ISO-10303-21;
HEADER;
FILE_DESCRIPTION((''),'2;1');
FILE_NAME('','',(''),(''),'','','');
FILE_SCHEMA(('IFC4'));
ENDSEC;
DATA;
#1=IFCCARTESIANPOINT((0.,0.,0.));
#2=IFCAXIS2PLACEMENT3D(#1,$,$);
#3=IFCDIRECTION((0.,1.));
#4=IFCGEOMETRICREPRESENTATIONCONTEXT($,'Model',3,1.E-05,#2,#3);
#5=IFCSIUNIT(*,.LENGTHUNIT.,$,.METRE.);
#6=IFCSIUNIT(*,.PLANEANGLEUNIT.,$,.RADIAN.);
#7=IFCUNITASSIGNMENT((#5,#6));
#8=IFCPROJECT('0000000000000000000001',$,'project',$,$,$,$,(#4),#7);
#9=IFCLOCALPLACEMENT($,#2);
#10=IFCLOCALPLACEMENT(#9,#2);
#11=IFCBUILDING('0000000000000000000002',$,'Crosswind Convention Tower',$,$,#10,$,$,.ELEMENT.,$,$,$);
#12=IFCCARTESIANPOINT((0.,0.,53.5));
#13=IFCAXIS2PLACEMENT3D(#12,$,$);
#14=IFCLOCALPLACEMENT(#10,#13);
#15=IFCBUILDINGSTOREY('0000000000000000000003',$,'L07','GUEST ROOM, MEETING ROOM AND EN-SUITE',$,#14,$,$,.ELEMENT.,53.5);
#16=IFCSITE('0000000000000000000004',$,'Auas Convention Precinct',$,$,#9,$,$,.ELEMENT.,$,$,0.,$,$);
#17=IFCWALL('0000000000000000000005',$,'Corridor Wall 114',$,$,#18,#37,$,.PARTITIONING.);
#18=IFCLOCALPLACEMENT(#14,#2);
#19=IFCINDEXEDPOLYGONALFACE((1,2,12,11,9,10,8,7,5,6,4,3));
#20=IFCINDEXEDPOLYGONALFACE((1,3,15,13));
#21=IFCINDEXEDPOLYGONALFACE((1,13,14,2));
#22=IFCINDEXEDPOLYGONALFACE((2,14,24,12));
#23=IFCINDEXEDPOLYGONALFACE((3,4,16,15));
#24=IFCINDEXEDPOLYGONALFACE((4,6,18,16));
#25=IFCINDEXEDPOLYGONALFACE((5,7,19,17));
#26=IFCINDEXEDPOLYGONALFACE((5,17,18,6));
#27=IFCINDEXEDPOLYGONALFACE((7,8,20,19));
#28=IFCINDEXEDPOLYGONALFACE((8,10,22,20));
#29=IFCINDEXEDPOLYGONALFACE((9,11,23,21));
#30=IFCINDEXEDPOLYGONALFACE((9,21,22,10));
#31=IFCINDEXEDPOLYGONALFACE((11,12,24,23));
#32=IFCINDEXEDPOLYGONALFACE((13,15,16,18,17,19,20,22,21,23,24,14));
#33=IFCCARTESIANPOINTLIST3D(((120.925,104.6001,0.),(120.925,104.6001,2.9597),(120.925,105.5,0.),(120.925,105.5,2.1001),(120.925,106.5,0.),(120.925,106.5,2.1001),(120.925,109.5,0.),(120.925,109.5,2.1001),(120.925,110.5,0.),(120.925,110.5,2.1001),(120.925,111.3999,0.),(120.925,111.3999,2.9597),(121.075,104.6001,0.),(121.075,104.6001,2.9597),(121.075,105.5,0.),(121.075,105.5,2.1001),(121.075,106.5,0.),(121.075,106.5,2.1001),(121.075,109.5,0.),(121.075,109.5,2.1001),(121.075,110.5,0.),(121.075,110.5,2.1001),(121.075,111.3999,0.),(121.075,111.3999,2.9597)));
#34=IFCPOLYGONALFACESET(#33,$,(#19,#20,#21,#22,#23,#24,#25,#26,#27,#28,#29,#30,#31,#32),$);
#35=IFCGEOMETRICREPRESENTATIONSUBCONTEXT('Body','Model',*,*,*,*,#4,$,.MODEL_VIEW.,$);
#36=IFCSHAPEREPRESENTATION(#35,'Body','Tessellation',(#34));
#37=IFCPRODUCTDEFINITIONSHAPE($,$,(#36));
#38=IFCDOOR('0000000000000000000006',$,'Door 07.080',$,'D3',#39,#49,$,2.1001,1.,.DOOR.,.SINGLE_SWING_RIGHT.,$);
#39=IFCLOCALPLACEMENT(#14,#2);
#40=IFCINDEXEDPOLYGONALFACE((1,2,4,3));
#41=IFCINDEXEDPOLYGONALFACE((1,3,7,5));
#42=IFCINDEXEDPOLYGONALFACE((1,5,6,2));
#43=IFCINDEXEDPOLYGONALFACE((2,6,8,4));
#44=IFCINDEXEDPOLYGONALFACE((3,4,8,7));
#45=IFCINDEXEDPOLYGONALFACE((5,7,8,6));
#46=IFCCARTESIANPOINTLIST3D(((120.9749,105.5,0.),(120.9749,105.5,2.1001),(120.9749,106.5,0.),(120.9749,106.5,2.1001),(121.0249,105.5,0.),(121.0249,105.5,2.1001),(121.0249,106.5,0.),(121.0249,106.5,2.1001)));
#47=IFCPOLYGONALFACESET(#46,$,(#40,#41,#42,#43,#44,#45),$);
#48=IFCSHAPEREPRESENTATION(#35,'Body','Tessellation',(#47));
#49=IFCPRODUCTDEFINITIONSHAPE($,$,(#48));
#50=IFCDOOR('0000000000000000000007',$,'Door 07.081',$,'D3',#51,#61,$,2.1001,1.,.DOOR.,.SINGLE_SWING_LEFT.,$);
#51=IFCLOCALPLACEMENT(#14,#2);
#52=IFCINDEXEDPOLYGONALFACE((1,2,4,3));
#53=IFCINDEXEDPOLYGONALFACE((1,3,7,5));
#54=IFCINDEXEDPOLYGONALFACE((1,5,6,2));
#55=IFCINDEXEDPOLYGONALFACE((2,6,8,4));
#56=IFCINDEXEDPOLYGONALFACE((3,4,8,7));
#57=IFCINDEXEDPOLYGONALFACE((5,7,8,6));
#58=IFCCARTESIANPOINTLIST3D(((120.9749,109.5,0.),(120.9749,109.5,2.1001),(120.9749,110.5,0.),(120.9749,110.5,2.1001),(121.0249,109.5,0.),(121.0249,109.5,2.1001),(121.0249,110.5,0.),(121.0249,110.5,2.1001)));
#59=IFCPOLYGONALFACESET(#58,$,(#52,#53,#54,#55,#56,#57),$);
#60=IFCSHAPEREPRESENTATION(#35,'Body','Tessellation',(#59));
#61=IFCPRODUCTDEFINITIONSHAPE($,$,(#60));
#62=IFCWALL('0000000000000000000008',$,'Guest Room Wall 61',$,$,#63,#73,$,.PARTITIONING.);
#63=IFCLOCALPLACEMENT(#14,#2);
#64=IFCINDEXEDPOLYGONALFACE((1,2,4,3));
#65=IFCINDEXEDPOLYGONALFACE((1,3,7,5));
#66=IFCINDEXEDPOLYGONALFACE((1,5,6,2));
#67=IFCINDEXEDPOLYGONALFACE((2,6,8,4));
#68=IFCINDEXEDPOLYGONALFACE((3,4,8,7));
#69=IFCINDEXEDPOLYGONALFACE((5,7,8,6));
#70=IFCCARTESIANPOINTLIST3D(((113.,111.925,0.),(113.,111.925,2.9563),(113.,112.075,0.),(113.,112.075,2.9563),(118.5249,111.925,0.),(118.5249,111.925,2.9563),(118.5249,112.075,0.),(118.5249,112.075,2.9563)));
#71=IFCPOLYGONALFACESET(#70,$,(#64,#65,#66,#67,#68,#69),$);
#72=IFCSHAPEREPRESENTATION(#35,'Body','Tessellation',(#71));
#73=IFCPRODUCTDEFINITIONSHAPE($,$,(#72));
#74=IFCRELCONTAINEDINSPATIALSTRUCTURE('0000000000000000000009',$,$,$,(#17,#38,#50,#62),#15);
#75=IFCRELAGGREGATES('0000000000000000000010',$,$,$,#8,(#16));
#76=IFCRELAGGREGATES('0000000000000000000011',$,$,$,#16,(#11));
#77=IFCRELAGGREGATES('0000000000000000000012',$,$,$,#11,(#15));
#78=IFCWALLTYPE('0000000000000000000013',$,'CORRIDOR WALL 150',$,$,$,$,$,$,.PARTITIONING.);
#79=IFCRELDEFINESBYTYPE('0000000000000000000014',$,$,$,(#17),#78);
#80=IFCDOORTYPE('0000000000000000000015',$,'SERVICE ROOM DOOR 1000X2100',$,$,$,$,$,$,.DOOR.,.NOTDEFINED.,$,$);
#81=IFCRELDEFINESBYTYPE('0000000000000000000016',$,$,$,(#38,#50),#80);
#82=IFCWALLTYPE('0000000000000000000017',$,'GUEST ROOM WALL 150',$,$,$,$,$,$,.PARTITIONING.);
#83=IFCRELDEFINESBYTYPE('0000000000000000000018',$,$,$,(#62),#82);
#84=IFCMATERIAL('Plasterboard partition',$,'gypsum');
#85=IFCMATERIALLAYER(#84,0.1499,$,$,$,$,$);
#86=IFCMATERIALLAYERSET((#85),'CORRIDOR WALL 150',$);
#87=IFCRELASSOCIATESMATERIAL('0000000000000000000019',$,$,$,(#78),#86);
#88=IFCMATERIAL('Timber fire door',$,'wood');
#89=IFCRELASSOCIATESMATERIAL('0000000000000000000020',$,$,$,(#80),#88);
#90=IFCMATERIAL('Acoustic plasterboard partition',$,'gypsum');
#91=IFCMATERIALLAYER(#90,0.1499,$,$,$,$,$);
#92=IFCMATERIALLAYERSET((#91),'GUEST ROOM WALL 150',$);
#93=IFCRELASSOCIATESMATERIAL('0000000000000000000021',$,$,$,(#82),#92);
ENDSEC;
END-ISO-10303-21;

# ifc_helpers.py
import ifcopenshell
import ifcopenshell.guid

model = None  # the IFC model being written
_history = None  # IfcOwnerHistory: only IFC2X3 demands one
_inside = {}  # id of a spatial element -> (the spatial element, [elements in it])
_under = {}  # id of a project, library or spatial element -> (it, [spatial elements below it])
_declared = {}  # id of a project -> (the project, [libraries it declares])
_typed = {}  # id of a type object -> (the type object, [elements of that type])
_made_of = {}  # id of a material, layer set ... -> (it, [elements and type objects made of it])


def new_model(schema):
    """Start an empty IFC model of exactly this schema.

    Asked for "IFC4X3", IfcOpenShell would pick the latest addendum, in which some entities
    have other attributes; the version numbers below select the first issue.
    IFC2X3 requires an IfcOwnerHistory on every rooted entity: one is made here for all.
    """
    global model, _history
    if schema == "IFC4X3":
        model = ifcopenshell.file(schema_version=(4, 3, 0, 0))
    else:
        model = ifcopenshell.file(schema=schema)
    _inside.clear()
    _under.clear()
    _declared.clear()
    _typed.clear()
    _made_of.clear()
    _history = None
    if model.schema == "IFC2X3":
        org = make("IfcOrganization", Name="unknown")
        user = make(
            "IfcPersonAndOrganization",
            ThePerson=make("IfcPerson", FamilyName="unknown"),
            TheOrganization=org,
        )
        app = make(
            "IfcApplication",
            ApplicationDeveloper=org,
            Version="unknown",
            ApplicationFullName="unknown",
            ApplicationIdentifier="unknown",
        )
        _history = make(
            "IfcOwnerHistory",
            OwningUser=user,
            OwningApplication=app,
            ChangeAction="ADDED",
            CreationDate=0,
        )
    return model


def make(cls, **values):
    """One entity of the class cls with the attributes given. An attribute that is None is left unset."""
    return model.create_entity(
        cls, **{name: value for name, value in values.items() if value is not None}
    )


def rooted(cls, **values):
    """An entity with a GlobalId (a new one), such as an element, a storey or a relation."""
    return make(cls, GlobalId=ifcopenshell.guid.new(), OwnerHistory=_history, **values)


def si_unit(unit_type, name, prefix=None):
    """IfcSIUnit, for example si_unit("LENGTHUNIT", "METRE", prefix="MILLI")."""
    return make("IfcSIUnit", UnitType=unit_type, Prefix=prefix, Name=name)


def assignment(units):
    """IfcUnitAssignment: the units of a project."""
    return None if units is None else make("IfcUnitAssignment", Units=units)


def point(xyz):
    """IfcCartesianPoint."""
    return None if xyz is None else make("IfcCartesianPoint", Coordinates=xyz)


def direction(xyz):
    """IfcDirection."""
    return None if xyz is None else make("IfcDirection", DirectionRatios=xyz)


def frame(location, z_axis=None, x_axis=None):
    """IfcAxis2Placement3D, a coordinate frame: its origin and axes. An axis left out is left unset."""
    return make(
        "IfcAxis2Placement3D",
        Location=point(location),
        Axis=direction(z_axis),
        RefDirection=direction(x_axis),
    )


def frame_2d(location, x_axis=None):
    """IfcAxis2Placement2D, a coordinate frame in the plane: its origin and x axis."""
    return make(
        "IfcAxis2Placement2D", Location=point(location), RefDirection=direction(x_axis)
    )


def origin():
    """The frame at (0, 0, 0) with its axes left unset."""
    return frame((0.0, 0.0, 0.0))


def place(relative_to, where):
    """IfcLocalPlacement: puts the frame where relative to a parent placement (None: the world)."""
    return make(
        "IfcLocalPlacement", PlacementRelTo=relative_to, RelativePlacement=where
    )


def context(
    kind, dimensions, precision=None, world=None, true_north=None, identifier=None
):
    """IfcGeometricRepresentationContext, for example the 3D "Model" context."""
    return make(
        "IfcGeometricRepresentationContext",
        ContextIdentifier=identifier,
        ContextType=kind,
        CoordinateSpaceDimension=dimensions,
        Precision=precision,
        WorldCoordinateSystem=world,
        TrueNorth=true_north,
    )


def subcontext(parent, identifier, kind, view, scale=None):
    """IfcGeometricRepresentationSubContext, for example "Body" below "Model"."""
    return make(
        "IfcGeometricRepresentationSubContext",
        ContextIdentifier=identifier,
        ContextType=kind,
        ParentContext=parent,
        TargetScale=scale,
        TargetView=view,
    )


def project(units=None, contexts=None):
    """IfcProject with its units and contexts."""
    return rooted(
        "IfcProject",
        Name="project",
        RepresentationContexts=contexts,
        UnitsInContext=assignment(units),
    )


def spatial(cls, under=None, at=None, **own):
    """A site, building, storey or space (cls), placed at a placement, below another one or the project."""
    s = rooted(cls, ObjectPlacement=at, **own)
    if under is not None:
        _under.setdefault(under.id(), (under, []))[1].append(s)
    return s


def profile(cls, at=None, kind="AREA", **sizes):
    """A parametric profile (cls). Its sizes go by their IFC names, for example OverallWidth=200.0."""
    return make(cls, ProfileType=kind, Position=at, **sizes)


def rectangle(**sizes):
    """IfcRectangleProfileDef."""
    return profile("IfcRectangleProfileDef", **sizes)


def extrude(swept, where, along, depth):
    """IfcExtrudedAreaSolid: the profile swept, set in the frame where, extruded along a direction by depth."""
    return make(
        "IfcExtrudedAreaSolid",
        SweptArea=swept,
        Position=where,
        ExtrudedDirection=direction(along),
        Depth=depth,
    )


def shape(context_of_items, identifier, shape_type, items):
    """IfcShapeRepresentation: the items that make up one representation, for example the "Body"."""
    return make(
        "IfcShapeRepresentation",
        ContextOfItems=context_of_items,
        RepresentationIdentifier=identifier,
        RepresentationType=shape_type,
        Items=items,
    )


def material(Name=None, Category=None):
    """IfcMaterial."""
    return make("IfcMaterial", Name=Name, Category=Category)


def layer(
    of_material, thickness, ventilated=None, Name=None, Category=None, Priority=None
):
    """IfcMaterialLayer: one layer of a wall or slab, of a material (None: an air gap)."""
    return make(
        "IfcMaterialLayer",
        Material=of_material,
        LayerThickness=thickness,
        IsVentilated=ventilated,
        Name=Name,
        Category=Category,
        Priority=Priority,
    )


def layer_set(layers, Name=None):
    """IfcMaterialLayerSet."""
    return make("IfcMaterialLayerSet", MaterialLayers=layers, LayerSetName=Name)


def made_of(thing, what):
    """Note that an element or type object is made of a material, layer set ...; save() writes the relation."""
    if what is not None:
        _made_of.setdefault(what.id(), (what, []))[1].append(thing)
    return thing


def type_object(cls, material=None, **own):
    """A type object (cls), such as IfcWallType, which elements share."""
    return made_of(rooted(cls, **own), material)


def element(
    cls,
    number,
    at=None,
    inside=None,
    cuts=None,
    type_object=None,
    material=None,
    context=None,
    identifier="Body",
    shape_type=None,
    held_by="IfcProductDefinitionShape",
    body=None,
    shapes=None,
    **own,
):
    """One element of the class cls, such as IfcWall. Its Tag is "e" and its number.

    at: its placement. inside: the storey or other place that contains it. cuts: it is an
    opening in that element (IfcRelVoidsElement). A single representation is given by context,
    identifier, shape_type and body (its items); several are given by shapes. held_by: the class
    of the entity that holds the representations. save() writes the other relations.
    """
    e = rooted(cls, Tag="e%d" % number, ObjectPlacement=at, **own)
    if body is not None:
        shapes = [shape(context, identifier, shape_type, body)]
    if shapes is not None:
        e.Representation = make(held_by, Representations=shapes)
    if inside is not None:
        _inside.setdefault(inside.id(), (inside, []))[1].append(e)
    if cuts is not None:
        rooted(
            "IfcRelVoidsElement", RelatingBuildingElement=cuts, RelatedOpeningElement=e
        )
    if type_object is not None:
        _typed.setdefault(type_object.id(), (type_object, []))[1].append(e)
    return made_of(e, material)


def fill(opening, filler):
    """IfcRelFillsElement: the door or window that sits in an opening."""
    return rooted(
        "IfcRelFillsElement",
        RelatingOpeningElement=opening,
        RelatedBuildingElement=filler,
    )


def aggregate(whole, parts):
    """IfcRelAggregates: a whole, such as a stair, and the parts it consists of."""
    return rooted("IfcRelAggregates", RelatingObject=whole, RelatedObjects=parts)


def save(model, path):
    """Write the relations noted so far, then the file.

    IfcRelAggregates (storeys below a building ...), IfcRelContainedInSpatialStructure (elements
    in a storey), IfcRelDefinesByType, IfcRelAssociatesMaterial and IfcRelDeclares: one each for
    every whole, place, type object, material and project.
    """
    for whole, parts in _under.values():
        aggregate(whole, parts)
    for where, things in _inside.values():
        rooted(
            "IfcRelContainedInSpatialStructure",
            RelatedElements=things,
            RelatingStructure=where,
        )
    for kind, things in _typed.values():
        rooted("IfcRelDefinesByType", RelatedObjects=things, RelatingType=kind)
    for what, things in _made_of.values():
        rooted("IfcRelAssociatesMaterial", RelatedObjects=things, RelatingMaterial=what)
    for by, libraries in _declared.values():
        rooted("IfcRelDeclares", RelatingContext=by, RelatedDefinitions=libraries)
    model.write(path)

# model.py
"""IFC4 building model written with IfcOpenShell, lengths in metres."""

from ifc_helpers import new_model, si_unit, direction, frame, frame_2d, origin, place, context, subcontext, project, spatial, rectangle, extrude, material, layer, layer_set, type_object, element, fill, save


model = new_model("IFC4")

# Units and contexts
model_context = context("Model", 3, precision=1e-05, world=origin(), true_north=direction((0.0, 1.0)))
body_context = subcontext(model_context, "Body", "Model", "MODEL_VIEW")
ifc_project = project(units=[si_unit("LENGTHUNIT", "METRE"), si_unit("PLANEANGLEUNIT", "RADIAN")], contexts=[model_context])

# Site, building, storey
site_placement = place(None, origin())
site = spatial("IfcSite", under=ifc_project, at=site_placement, Name="Auas Convention Precinct", CompositionType="ELEMENT", RefElevation=0.0)
building_placement = place(site_placement, origin())
building = spatial("IfcBuilding", under=site, at=building_placement, Name="Crosswind Convention Tower", CompositionType="ELEMENT")
storey_placement = place(building_placement, frame((0.0, 0.0, 53.5)))
storey = spatial("IfcBuildingStorey", under=building, at=storey_placement, Name="L07", Description="GUEST ROOM, MEETING ROOM AND EN-SUITE", CompositionType="ELEMENT", Elevation=53.5)

# Shared definitions
ifc_material_1 = material(Name="Plasterboard partition", Category="gypsum")
ifc_layer_1 = layer(ifc_material_1, 0.1499)
ifc_layer_set_1 = layer_set([ifc_layer_1], Name="CORRIDOR WALL 150")
wall_type_1 = type_object("IfcWallType", Name="CORRIDOR WALL 150", PredefinedType="PARTITIONING", material=ifc_layer_set_1)

# Shared definitions
ifc_material_2 = material(Name="Timber fire door", Category="wood")
door_type_1 = type_object("IfcDoorType", Name="SERVICE ROOM DOOR 1000X2100", OperationType="NOTDEFINED", PredefinedType="DOOR", material=ifc_material_2)

# Wall, openings, doors
wall_1_placement = place(storey_placement, frame((121.0, 104.6001, 0.0), z_axis=(0.0, 0.0, 1.0), x_axis=(0.0, 1.0, 0.0)))
wall_1 = element("IfcWall", 1, at=wall_1_placement, inside=storey, type_object=wall_type_1, Name="Corridor Wall 114", PredefinedType="PARTITIONING", context=body_context, shape_type="SweptSolid", body=[
    extrude(rectangle(XDim=6.7998, YDim=0.1499, at=frame_2d((3.3999, 0.0))), origin(), (0.0, 0.0, 1.0), 2.9597),
])
opening_1_placement = place(wall_1_placement, frame((0.8999, 0.0, 0.0)))
opening_1 = element("IfcOpeningElement", 2, at=opening_1_placement, cuts=wall_1, PredefinedType="OPENING", context=body_context, shape_type="SweptSolid", body=[
    extrude(rectangle(XDim=1.0, YDim=2.1001, at=frame_2d((0.5, 1.05))), frame((0.0, 0.085, 0.0), z_axis=(0.0, -1.0, 0.0), x_axis=(1.0, 0.0, 0.0)), (0.0, 0.0, 1.0), 0.1699),
])
opening_2_placement = place(wall_1_placement, frame((4.8999, 0.0, 0.0)))
opening_2 = element("IfcOpeningElement", 3, at=opening_2_placement, cuts=wall_1, PredefinedType="OPENING", context=body_context, shape_type="SweptSolid", body=[
    extrude(rectangle(XDim=1.0, YDim=2.1001, at=frame_2d((0.5, 1.05))), frame((0.0, 0.085, 0.0), z_axis=(0.0, -1.0, 0.0), x_axis=(1.0, 0.0, 0.0)), (0.0, 0.0, 1.0), 0.1699),
])
door_1_placement = place(opening_1_placement, frame((1.0, 0.0, 0.0), z_axis=(0.0, 0.0, 1.0), x_axis=(-1.0, 0.0, 0.0)))
door_1 = element("IfcDoor", 4, at=door_1_placement, inside=storey, type_object=door_type_1, Name="Door 07.080", ObjectType="D3", OperationType="SINGLE_SWING_RIGHT", OverallHeight=2.1001, OverallWidth=1.0, PredefinedType="DOOR", context=body_context, shape_type="SweptSolid", body=[
    extrude(rectangle(XDim=1.0, YDim=2.1001, at=frame_2d((0.5, 1.05))), frame((0.0, 0.0249, 0.0), z_axis=(0.0, -1.0, 0.0), x_axis=(1.0, 0.0, 0.0)), (0.0, 0.0, 1.0), 0.05),
])
fill(opening_1, door_1)
door_2_placement = place(opening_2_placement, frame((1.0, 0.0, 0.0), z_axis=(0.0, 0.0, 1.0), x_axis=(-1.0, 0.0, 0.0)))
door_2 = element("IfcDoor", 5, at=door_2_placement, inside=storey, type_object=door_type_1, Name="Door 07.081", ObjectType="D3", OperationType="SINGLE_SWING_LEFT", OverallHeight=2.1001, OverallWidth=1.0, PredefinedType="DOOR", context=body_context, shape_type="SweptSolid", body=[
    extrude(rectangle(XDim=1.0, YDim=2.1001, at=frame_2d((0.5, 1.05))), frame((0.0, 0.0249, 0.0), z_axis=(0.0, -1.0, 0.0), x_axis=(1.0, 0.0, 0.0)), (0.0, 0.0, 1.0), 0.05),
])
fill(opening_2, door_2)

# Wall
ifc_material_3 = material(Name="Acoustic plasterboard partition", Category="gypsum")
ifc_layer_2 = layer(ifc_material_3, 0.1499)
ifc_layer_set_2 = layer_set([ifc_layer_2], Name="GUEST ROOM WALL 150")
wall_type_2 = type_object("IfcWallType", Name="GUEST ROOM WALL 150", PredefinedType="PARTITIONING", material=ifc_layer_set_2)
wall_2_placement = place(storey_placement, frame((113.0, 112.0, 0.0), z_axis=(0.0, 0.0, 1.0), x_axis=(1.0, 0.0, 0.0)))
element("IfcWall", 6, at=wall_2_placement, inside=storey, type_object=wall_type_2, Name="Guest Room Wall 61", PredefinedType="PARTITIONING", context=body_context, shape_type="SweptSolid", body=[
    extrude(rectangle(XDim=5.5249, YDim=0.1499, at=frame_2d((2.7625, 0.0))), origin(), (0.0, 0.0, 1.0), 2.9563),
])

save(model, "model.ifc")
